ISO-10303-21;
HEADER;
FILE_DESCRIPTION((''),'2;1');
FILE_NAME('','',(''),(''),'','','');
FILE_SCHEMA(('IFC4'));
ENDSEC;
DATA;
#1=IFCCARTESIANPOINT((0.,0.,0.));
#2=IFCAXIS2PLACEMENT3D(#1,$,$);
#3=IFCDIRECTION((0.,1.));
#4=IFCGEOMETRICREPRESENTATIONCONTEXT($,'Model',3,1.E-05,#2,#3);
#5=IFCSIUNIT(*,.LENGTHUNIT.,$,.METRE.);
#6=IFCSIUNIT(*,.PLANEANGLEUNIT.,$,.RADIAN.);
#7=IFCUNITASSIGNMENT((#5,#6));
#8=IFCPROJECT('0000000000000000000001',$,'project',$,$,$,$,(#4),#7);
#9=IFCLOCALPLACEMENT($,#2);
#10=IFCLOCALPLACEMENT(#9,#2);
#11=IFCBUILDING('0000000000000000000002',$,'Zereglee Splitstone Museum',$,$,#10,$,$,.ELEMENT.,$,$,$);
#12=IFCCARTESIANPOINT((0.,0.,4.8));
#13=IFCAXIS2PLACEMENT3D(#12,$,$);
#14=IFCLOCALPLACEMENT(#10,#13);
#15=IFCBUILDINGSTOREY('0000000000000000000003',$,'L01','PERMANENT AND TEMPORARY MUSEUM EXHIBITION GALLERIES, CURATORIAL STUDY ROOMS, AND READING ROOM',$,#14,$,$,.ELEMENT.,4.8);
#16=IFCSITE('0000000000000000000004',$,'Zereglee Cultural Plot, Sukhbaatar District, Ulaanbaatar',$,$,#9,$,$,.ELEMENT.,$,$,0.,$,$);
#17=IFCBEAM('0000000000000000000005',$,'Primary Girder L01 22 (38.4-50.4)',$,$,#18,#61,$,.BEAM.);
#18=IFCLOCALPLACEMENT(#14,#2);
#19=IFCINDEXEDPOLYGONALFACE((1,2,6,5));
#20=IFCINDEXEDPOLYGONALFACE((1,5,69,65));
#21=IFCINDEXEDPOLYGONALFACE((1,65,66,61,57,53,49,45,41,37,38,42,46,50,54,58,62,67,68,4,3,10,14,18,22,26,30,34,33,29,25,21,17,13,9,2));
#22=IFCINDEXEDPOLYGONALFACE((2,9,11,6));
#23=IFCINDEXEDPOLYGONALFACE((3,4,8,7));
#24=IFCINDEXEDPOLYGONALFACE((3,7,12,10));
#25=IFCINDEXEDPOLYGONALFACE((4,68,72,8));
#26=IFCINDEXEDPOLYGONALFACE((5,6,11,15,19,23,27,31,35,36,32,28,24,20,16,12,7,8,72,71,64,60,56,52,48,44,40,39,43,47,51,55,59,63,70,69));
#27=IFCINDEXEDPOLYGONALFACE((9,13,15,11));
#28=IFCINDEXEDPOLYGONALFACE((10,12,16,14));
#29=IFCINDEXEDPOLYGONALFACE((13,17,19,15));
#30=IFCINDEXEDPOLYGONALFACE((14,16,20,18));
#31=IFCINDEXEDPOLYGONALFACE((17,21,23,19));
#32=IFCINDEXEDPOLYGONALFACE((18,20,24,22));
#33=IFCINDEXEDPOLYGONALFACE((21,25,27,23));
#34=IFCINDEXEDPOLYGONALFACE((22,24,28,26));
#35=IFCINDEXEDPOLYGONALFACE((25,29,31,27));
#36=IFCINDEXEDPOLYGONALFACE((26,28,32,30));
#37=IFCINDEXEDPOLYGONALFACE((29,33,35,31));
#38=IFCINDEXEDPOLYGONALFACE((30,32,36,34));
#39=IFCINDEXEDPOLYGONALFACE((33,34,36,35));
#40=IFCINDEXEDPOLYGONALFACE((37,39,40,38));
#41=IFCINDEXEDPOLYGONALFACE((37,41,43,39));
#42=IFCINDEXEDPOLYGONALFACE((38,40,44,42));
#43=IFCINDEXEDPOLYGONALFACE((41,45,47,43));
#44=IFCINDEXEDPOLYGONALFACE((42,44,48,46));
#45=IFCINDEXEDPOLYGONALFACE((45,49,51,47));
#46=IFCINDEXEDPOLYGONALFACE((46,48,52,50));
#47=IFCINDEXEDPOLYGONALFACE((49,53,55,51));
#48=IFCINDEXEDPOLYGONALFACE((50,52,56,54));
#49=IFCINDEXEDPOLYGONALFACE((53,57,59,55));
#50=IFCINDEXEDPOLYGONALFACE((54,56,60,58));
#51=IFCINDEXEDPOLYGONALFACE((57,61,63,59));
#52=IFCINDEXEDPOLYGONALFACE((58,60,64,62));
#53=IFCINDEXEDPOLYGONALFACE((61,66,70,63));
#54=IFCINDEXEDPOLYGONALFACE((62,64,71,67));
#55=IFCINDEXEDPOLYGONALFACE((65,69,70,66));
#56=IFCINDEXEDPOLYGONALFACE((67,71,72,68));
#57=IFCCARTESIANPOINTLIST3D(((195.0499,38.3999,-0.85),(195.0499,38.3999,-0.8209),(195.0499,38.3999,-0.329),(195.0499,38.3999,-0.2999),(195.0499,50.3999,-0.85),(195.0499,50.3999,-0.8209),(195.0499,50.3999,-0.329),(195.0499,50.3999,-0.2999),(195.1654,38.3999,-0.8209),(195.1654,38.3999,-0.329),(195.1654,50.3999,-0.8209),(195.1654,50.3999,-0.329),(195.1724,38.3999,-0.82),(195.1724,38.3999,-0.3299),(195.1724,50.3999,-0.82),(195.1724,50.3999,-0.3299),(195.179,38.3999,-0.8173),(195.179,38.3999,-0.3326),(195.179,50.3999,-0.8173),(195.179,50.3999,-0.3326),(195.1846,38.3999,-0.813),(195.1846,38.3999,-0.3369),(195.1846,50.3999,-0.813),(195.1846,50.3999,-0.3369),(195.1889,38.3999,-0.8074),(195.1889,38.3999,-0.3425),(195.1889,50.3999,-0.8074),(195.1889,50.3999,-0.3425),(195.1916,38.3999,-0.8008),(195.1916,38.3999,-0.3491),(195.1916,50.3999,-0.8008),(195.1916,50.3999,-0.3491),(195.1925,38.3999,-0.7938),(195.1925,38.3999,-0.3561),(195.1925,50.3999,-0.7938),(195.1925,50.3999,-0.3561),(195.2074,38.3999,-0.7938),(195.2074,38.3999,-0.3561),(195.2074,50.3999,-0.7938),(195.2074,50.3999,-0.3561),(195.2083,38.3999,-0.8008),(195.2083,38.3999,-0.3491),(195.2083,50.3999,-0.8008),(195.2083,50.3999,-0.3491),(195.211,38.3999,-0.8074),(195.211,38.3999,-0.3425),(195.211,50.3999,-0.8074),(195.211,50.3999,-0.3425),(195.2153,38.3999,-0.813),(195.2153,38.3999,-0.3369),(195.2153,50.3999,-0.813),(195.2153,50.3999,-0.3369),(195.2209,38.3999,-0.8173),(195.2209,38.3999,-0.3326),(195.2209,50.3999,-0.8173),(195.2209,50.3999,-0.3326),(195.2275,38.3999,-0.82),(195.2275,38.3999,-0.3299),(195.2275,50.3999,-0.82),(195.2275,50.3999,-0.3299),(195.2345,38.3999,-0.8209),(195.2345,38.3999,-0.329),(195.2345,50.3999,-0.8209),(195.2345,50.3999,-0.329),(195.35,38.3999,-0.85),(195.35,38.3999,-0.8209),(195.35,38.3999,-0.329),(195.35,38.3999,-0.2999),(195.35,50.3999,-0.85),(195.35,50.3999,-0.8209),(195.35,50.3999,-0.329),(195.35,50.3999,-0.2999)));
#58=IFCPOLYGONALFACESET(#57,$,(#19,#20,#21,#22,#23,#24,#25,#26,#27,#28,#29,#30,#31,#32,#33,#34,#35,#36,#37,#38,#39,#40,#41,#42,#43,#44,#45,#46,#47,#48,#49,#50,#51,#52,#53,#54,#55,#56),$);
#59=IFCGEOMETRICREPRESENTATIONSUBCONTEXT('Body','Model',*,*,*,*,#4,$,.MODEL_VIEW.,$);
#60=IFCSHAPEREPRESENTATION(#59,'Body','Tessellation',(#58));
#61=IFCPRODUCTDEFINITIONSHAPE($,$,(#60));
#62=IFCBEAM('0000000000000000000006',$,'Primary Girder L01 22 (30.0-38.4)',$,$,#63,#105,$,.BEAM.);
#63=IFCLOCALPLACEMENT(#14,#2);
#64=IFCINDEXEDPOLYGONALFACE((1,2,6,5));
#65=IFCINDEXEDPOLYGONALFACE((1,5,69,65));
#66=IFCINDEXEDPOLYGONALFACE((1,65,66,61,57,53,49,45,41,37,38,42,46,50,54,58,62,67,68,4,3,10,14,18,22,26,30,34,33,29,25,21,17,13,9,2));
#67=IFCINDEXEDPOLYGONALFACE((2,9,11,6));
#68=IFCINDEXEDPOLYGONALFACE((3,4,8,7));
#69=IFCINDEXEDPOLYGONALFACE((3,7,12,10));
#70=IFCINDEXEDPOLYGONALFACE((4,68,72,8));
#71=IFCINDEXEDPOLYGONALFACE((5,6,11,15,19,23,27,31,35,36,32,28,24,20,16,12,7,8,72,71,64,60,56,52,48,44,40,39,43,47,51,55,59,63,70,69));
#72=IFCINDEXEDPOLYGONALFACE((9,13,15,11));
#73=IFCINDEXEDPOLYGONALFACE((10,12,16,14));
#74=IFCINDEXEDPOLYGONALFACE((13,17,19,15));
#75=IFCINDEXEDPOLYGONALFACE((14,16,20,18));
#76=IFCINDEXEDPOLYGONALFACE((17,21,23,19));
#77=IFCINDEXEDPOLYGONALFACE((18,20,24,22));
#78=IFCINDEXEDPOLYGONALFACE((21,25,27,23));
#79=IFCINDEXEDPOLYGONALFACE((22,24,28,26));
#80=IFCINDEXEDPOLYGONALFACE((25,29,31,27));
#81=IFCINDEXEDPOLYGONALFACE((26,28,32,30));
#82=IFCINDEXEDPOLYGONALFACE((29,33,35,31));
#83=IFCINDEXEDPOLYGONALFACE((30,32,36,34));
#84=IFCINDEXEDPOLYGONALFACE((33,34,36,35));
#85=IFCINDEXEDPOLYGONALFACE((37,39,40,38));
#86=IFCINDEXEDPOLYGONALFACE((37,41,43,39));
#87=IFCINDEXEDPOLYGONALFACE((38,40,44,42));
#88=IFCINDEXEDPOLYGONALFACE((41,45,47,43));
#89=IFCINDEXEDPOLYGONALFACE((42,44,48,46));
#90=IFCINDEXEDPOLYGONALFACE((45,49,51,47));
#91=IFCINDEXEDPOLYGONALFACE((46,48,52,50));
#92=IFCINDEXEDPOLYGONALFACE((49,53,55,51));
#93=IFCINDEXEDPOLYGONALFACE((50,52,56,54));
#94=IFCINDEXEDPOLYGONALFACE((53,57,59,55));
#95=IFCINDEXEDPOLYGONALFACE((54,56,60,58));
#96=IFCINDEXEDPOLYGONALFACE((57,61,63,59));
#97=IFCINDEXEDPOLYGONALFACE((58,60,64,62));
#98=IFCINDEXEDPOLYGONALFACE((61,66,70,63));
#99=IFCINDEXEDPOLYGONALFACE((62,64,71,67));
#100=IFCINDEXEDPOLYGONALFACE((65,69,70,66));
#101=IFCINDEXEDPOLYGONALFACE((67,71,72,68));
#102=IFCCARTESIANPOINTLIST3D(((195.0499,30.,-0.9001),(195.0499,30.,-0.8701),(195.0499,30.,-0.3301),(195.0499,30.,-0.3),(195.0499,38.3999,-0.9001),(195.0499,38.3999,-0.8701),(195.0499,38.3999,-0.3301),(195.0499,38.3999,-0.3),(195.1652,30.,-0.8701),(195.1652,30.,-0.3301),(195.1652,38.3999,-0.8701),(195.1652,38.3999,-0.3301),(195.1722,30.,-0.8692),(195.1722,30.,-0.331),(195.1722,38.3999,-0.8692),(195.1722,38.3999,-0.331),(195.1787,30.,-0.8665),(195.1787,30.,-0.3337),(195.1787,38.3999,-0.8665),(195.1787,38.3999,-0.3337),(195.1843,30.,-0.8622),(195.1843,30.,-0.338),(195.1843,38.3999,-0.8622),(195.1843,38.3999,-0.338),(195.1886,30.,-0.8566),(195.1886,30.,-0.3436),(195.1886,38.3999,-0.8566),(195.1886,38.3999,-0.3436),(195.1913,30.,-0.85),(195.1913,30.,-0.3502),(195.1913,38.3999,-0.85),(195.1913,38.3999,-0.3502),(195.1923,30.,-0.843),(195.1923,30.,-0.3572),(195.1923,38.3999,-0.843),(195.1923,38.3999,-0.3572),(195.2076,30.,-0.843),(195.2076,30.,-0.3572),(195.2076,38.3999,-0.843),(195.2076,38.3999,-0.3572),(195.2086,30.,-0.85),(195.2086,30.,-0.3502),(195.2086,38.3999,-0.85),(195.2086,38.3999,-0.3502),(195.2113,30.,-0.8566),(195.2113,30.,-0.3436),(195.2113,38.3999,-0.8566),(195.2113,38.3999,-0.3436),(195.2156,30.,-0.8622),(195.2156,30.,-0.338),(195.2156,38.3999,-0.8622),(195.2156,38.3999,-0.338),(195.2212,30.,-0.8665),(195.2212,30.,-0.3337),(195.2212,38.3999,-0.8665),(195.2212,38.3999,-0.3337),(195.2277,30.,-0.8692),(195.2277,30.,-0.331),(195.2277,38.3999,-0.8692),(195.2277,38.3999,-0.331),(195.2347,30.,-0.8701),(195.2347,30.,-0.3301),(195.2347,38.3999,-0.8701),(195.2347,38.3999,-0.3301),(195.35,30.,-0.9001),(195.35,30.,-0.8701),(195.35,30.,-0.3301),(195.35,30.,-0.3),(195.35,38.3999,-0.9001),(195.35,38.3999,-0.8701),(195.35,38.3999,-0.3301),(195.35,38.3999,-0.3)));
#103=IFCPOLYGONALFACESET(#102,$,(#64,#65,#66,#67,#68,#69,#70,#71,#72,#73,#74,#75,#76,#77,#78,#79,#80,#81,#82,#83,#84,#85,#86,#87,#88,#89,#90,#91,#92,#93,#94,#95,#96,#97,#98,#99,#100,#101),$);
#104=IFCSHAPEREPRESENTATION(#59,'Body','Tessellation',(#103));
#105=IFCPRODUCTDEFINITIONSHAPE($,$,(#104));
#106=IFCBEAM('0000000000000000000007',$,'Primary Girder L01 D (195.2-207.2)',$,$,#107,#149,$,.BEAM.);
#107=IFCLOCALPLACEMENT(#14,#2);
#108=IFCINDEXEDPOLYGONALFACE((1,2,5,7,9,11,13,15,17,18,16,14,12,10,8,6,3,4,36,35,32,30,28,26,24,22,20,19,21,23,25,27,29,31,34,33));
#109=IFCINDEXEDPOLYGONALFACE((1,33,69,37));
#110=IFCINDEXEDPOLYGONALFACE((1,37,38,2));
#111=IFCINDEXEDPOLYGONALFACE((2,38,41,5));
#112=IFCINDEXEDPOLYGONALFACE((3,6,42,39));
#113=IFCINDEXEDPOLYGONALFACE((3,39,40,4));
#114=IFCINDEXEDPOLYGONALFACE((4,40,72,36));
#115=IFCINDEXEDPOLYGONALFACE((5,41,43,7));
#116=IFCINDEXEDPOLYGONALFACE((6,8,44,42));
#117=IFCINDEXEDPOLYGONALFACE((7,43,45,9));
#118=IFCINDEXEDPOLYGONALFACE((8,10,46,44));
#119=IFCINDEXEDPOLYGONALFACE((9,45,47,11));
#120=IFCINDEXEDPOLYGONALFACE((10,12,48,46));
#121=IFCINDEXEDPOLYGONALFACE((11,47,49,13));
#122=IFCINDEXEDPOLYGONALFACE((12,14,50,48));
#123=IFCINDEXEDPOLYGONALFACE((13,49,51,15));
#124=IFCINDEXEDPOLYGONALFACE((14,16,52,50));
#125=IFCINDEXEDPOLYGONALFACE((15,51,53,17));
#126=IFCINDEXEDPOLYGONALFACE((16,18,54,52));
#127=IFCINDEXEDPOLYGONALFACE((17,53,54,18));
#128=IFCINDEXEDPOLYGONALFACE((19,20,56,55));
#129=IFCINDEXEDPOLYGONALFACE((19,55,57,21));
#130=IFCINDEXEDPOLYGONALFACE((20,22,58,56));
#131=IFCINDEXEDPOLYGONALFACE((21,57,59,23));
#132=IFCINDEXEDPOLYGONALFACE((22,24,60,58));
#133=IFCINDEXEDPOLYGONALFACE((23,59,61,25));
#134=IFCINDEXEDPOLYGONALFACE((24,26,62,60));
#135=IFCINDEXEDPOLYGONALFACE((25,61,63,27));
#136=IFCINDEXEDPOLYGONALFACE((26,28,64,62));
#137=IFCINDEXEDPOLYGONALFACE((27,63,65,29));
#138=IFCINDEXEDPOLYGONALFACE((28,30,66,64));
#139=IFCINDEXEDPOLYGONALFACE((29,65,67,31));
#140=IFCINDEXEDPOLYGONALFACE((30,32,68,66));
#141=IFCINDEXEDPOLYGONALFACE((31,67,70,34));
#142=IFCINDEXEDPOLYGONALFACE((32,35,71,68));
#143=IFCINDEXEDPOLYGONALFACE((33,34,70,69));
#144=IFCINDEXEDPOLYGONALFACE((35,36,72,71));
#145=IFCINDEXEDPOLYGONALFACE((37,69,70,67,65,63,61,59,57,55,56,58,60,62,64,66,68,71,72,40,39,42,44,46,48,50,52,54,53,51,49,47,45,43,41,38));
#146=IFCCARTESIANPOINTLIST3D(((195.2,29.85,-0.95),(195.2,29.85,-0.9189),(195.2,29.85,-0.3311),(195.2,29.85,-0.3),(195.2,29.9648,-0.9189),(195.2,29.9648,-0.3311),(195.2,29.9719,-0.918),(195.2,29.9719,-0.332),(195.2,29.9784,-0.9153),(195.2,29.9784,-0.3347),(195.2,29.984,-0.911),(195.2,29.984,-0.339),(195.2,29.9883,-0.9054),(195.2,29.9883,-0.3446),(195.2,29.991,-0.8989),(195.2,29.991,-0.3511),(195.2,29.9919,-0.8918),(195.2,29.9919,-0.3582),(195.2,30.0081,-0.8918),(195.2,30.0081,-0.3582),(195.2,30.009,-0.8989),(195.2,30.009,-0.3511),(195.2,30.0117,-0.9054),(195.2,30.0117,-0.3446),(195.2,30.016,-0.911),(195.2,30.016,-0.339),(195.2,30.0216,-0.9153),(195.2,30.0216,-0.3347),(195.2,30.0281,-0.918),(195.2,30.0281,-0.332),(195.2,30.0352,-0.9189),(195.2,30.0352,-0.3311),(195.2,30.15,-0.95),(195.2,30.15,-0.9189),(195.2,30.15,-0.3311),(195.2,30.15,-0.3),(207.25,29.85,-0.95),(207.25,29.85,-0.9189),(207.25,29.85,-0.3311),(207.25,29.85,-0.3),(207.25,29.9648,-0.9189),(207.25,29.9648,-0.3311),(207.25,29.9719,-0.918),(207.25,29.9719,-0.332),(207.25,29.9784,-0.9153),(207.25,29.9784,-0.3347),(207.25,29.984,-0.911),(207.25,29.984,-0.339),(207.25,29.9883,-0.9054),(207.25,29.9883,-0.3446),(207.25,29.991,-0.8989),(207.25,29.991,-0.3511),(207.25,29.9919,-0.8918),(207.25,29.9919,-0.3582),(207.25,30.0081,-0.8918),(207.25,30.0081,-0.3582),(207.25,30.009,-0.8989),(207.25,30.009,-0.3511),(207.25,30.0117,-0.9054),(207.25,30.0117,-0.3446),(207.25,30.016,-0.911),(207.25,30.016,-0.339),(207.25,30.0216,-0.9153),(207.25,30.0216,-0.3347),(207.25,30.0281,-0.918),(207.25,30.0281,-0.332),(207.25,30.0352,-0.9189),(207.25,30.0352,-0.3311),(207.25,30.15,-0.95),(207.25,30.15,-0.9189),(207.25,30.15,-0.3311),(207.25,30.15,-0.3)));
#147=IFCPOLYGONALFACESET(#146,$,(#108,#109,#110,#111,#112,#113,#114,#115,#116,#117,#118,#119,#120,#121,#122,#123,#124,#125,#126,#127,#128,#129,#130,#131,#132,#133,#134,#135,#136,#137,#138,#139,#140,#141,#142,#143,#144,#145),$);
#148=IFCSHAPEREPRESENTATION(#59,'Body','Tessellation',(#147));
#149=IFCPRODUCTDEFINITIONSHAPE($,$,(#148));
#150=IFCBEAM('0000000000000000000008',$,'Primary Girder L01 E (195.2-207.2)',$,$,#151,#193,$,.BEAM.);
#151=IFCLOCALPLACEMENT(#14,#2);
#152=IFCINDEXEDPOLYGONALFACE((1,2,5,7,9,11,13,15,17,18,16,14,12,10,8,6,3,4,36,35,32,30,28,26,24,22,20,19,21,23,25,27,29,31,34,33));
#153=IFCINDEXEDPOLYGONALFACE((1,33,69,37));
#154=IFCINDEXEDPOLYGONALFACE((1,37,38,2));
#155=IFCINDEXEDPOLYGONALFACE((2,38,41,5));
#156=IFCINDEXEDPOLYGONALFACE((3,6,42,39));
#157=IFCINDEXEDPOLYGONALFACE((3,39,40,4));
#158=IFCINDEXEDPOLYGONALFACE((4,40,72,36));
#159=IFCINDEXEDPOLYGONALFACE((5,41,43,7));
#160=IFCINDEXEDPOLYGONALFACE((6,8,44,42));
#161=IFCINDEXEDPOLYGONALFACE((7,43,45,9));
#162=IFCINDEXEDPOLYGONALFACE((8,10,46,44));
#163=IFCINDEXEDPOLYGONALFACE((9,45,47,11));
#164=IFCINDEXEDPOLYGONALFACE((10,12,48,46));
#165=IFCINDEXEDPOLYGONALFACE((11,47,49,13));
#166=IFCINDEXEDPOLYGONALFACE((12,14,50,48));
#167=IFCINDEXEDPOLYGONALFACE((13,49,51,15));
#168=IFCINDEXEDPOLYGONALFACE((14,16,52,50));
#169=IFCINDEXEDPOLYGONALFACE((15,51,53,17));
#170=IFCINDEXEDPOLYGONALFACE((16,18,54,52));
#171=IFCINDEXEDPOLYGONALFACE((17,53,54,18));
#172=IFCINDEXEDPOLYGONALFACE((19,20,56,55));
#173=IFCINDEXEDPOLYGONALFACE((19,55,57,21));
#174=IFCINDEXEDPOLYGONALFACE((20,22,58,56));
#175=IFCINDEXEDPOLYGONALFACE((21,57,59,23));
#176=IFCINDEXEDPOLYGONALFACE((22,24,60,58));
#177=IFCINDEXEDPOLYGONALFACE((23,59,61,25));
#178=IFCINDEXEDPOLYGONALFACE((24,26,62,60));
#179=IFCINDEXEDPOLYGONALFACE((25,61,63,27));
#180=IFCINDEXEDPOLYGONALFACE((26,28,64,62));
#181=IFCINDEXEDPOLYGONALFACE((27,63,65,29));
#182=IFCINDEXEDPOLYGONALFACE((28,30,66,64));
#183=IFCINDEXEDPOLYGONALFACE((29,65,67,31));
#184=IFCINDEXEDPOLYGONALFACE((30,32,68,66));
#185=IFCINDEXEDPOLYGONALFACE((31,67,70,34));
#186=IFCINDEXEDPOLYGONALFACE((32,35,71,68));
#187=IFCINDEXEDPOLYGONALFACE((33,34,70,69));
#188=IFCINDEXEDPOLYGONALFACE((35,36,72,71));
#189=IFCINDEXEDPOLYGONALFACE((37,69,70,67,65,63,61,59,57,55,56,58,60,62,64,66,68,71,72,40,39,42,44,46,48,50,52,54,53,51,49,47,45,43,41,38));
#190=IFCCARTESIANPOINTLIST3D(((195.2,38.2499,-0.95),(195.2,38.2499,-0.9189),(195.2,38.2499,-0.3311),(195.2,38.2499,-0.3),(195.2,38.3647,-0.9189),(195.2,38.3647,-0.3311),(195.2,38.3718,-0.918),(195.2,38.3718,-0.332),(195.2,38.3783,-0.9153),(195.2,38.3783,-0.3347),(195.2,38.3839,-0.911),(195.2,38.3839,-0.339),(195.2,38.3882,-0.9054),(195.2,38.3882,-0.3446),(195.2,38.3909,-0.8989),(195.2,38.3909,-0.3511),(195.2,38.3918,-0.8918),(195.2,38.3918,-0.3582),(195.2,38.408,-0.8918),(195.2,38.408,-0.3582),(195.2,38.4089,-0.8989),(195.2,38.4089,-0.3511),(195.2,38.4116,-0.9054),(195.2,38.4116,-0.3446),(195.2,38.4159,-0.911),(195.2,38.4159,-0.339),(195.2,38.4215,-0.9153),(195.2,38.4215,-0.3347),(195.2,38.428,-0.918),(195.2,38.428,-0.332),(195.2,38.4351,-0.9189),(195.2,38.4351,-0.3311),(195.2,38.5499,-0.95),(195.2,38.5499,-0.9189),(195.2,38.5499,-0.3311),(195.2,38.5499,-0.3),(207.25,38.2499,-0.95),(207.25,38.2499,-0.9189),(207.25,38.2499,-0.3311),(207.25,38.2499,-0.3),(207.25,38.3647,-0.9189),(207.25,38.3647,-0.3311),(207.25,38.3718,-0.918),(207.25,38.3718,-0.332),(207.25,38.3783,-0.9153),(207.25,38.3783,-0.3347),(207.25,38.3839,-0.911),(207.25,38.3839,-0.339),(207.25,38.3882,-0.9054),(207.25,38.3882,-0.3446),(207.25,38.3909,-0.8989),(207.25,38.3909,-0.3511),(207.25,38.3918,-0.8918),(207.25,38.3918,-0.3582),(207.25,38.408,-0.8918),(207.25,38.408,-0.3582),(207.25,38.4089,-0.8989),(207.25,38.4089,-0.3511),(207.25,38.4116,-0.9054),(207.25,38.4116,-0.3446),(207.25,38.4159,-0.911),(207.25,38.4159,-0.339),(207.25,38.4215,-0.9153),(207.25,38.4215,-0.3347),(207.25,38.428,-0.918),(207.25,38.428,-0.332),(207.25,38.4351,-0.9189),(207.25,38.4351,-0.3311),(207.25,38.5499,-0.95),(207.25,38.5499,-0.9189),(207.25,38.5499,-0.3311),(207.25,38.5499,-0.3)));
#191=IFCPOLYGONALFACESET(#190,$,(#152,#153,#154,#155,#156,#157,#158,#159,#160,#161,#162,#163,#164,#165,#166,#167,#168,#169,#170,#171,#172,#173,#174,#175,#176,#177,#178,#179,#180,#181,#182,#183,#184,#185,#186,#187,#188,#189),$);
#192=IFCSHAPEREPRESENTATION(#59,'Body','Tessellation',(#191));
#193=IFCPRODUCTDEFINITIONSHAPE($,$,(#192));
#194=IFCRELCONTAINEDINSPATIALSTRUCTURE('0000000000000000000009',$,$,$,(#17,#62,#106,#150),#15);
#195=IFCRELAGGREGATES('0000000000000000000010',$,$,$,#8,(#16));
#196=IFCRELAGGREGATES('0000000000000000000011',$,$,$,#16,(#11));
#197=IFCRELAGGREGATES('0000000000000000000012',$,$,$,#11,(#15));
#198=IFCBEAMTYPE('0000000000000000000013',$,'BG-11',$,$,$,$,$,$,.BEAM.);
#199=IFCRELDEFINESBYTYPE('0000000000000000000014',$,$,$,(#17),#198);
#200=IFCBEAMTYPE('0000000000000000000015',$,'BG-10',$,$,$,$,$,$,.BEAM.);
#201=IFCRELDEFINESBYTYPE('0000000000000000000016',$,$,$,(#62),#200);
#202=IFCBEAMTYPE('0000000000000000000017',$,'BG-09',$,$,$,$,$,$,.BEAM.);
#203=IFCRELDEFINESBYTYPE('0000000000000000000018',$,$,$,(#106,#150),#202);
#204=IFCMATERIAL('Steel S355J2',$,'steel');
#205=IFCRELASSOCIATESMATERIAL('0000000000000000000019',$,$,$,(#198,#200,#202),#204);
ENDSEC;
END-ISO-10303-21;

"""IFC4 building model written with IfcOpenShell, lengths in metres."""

from ifc_helpers import new_model, si_unit, direction, frame, origin, origin_2d, place, context, subcontext, project, spatial, i_section, extrude, material, material_profile, profile_set, type_object, element, save


model = new_model("IFC4")

# Units and contexts
model_context = context("Model", 3, precision=1e-05, world=origin(), true_north=direction((0.0, 1.0)))
body_context = subcontext(model_context, "Body", "Model", "MODEL_VIEW")
ifc_project = project(units=[si_unit("LENGTHUNIT", "METRE"), si_unit("PLANEANGLEUNIT", "RADIAN")], contexts=[model_context])

# Site, building, storey
site_placement = place(None, origin())
site = spatial("IfcSite", under=ifc_project, at=site_placement, Name="Zereglee Cultural Plot, Sukhbaatar District, Ulaanbaatar", CompositionType="ELEMENT", RefElevation=0.0)
building_placement = place(site_placement, origin())
building = spatial("IfcBuilding", under=site, at=building_placement, Name="Zereglee Splitstone Museum", CompositionType="ELEMENT")
storey_placement = place(building_placement, frame((0.0, 0.0, 4.8)))
storey = spatial("IfcBuildingStorey", under=building, at=storey_placement, Name="L01", Description="PERMANENT AND TEMPORARY MUSEUM EXHIBITION GALLERIES, CURATORIAL STUDY ROOMS, AND READING ROOM", CompositionType="ELEMENT", Elevation=4.8)

# Shared definitions
ifc_material_1 = material(Name="Steel S355J2", Category="steel")

# Beams
ifc_material_profile_1 = material_profile(ifc_material_1, i_section(OverallWidth=0.3, OverallDepth=0.55, WebThickness=0.0149, FlangeThickness=0.0291, FilletRadius=0.0271, at=origin_2d()), Name="HE 550 B")
ifc_profile_set_1 = profile_set([ifc_material_profile_1], Name="Steel S355J2")
beam_type_1 = type_object("IfcBeamType", Name="BG-11", PredefinedType="BEAM", material=ifc_profile_set_1)
beam_1_placement = place(storey_placement, frame((195.2, 38.3999, -0.575), z_axis=(0.0, 1.0, 0.0), x_axis=(-1.0, 0.0, 0.0)))
element("IfcBeam", 1, at=beam_1_placement, inside=storey, type_object=beam_type_1, Name="Primary Girder L01 22 (38.4-50.4)", PredefinedType="BEAM", context=body_context, shape_type="SweptSolid", body=[
    extrude(i_section(OverallWidth=0.3, OverallDepth=0.55, WebThickness=0.0149, FlangeThickness=0.0291, FilletRadius=0.0271, at=origin_2d()), origin(), (0.0, 0.0, 1.0), 12.0),
])
ifc_material_profile_2 = material_profile(ifc_material_1, i_section(OverallWidth=0.3, OverallDepth=0.6001, WebThickness=0.0154, FlangeThickness=0.03, FilletRadius=0.0271, at=origin_2d()), Name="HE 600 B")
ifc_profile_set_2 = profile_set([ifc_material_profile_2], Name="Steel S355J2")
beam_type_2 = type_object("IfcBeamType", Name="BG-10", PredefinedType="BEAM", material=ifc_profile_set_2)
beam_2_placement = place(storey_placement, frame((195.2, 30.0, -0.6001), z_axis=(0.0, 1.0, 0.0), x_axis=(-1.0, 0.0, 0.0)))
element("IfcBeam", 2, at=beam_2_placement, inside=storey, type_object=beam_type_2, Name="Primary Girder L01 22 (30.0-38.4)", PredefinedType="BEAM", context=body_context, shape_type="SweptSolid", body=[
    extrude(i_section(OverallWidth=0.3, OverallDepth=0.6001, WebThickness=0.0154, FlangeThickness=0.03, FilletRadius=0.0271, at=origin_2d()), origin(), (0.0, 0.0, 1.0), 8.3999),
])
ifc_material_profile_3 = material_profile(ifc_material_1, i_section(OverallWidth=0.3, OverallDepth=0.6499, WebThickness=0.0161, FlangeThickness=0.031, FilletRadius=0.0271, at=origin_2d()), Name="HE 650 B")
ifc_profile_set_3 = profile_set([ifc_material_profile_3], Name="Steel S355J2")
beam_type_3 = type_object("IfcBeamType", Name="BG-09", PredefinedType="BEAM", material=ifc_profile_set_3)
for number, where, z_axis, x_axis, name in (
    (3, (195.2, 30.0, -0.625), (1.0, 0.0, 0.0), (0.0, 1.0, 0.0), "Primary Girder L01 D (195.2-207.2)"),
    (4, (195.2, 38.3999, -0.625), (1.0, 0.0, 0.0), (0.0, 1.0, 0.0), "Primary Girder L01 E (195.2-207.2)"),
):
    element("IfcBeam", number, at=place(storey_placement, frame(where, z_axis=z_axis, x_axis=x_axis)), inside=storey, type_object=beam_type_3, Name=name, PredefinedType="BEAM", context=body_context, shape_type="SweptSolid", body=[
        extrude(i_section(OverallWidth=0.3, OverallDepth=0.6499, WebThickness=0.0161, FlangeThickness=0.031, FilletRadius=0.0271, at=origin_2d()), origin(), (0.0, 0.0, 1.0), 12.05),
    ])

save(model, "model.ifc")
